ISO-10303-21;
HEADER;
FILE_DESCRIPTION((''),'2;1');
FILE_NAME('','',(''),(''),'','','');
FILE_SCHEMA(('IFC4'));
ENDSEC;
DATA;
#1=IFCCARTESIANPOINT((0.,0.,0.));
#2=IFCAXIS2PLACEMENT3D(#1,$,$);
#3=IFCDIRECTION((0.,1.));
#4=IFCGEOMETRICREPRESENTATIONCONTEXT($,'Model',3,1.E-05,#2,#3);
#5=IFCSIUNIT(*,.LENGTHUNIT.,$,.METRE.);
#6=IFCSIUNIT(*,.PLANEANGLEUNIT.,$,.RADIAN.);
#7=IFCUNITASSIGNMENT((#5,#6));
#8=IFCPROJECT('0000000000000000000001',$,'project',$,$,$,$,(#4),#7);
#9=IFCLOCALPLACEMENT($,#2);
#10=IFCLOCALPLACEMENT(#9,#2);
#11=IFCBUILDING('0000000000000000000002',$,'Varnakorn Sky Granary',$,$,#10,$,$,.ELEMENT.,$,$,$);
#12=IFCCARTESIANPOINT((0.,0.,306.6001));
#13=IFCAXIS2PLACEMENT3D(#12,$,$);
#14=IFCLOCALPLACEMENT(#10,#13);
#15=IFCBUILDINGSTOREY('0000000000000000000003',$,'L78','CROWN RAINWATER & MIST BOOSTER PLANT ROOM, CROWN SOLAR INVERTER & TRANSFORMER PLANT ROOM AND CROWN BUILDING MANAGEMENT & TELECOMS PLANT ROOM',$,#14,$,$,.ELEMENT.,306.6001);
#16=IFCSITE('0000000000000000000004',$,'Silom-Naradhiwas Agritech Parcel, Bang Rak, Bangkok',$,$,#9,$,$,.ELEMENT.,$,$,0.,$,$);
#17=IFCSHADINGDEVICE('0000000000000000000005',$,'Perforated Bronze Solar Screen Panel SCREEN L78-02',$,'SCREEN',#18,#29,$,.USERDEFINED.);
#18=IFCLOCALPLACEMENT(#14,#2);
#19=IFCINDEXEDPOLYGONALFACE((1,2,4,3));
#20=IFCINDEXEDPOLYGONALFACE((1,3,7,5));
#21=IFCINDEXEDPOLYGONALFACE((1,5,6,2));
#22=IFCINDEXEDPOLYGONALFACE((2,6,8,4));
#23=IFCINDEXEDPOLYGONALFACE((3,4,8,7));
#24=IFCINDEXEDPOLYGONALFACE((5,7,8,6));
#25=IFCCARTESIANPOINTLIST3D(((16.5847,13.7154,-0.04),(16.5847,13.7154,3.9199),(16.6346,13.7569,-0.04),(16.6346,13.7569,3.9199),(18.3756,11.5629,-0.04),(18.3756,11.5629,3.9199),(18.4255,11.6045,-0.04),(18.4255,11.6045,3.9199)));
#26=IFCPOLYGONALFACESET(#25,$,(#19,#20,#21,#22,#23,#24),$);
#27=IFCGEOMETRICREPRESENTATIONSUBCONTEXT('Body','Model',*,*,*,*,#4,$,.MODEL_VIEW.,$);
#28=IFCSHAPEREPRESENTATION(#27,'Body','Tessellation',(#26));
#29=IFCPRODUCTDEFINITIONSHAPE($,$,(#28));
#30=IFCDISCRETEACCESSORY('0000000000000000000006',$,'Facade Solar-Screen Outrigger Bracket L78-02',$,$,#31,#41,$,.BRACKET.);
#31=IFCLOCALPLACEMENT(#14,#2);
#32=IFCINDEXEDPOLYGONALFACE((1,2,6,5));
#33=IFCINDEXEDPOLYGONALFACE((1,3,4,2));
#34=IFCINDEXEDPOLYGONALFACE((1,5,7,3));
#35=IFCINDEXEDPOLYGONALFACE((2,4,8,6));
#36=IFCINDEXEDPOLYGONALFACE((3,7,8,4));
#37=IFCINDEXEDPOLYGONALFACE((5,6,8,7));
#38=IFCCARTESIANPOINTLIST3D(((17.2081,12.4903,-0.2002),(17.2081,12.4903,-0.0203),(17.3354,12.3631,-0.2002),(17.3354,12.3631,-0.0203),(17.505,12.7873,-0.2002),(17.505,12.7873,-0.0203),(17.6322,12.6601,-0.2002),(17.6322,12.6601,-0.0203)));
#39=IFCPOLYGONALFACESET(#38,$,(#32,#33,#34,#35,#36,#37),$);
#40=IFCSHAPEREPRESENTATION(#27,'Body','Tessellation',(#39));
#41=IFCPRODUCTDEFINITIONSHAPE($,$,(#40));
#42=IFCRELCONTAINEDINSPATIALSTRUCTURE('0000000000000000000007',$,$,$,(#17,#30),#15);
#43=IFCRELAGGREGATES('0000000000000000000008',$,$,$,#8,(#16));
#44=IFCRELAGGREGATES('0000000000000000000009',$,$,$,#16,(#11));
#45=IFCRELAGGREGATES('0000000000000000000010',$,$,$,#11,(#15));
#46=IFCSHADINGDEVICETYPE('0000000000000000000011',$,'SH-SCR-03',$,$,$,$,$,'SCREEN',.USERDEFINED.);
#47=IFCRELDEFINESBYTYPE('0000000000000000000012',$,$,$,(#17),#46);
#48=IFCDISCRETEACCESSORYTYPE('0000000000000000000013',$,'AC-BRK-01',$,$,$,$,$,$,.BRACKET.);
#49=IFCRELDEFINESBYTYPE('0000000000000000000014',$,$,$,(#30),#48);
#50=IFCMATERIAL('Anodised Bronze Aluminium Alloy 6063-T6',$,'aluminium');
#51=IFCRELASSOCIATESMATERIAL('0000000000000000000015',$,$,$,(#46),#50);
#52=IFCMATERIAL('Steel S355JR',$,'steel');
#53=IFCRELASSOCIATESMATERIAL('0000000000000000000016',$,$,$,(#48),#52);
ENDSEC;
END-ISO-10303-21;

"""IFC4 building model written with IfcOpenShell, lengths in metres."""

from ifc_helpers import new_model, si_unit, direction, frame, origin, origin_2d, place, context, subcontext, project, spatial, rectangle, extrude, source, transform, mapped, material, type_object, type_shapes, element, save


model = new_model("IFC4")

# Units and contexts
model_context = context("Model", 3, precision=1e-05, world=origin(), true_north=direction((0.0, 1.0)))
body_context = subcontext(model_context, "Body", "Model", "MODEL_VIEW")
ifc_project = project(units=[si_unit("LENGTHUNIT", "METRE"), si_unit("PLANEANGLEUNIT", "RADIAN")], contexts=[model_context])

# Site, building, storey
site_placement = place(None, origin())
site = spatial("IfcSite", under=ifc_project, at=site_placement, Name="Silom-Naradhiwas Agritech Parcel, Bang Rak, Bangkok", CompositionType="ELEMENT", RefElevation=0.0)
building_placement = place(site_placement, origin())
building = spatial("IfcBuilding", under=site, at=building_placement, Name="Varnakorn Sky Granary", CompositionType="ELEMENT")
storey_placement = place(building_placement, frame((0.0, 0.0, 306.6001)))
storey = spatial("IfcBuildingStorey", under=building, at=storey_placement, Name="L78", Description="CROWN RAINWATER & MIST BOOSTER PLANT ROOM, CROWN SOLAR INVERTER & TRANSFORMER PLANT ROOM AND CROWN BUILDING MANAGEMENT & TELECOMS PLANT ROOM", CompositionType="ELEMENT", Elevation=306.6001)

# Shared definitions
ifc_material_1 = material(Name="Steel S355JR", Category="steel")

# Shared definitions
ifc_material_2 = material(Name="Anodised Bronze Aluminium Alloy 6063-T6", Category="aluminium")

# Shading device
shading_device_type = type_object("IfcShadingDeviceType", Name="SH-SCR-03", ElementType="SCREEN", PredefinedType="USERDEFINED", material=ifc_material_2)
shared_shape_1 = source(origin(), body_context, "Body", "SweptSolid", [
    extrude(rectangle(XDim=2.8, YDim=0.0649, at=origin_2d()), origin(), (0.0, 0.0, 1.0), 3.96),
])
type_shapes(shading_device_type, [shared_shape_1])
shading_device_placement = place(storey_placement, frame((17.5051, 12.6599, -0.04), z_axis=(0.0, 0.0, 1.0), x_axis=(-0.63959, 0.768716, 0.0)))
element("IfcShadingDevice", 1, at=shading_device_placement, inside=storey, type_object=shading_device_type, Name="Perforated Bronze Solar Screen Panel SCREEN L78-02", ObjectType="SCREEN", PredefinedType="USERDEFINED", context=body_context, shape_type="MappedRepresentation", body=[
    mapped(shared_shape_1, transform((0.0, 0.0, 0.0), x_axis=(1.0, 0.0, 0.0), y_axis=(0.0, 1.0, 0.0), z_axis=(0.0, 0.0, 1.0), scale=1.0)),
])

# Discrete accessory
discrete_accessory_type = type_object("IfcDiscreteAccessoryType", Name="AC-BRK-01", PredefinedType="BRACKET", material=ifc_material_1)
shared_shape_2 = source(origin(), body_context, "Body", "SweptSolid", [
    extrude(rectangle(XDim=0.1799, YDim=0.4199, at=origin_2d()), origin(), (0.0, 0.0, 1.0), 0.1799),
])
type_shapes(discrete_accessory_type, [shared_shape_2])
discrete_accessory_placement = place(storey_placement, frame((17.4202, 12.5752, -0.2002), z_axis=(0.0, 0.0, 1.0), x_axis=(-0.707245, 0.706968, 0.0)))
element("IfcDiscreteAccessory", 2, at=discrete_accessory_placement, inside=storey, type_object=discrete_accessory_type, Name="Facade Solar-Screen Outrigger Bracket L78-02", PredefinedType="BRACKET", context=body_context, shape_type="MappedRepresentation", body=[
    mapped(shared_shape_2, transform((0.0, 0.0, 0.0), x_axis=(1.0, 0.0, 0.0), y_axis=(0.0, 1.0, 0.0), z_axis=(0.0, 0.0, 1.0), scale=1.0)),
])

save(model, "model.ifc")
